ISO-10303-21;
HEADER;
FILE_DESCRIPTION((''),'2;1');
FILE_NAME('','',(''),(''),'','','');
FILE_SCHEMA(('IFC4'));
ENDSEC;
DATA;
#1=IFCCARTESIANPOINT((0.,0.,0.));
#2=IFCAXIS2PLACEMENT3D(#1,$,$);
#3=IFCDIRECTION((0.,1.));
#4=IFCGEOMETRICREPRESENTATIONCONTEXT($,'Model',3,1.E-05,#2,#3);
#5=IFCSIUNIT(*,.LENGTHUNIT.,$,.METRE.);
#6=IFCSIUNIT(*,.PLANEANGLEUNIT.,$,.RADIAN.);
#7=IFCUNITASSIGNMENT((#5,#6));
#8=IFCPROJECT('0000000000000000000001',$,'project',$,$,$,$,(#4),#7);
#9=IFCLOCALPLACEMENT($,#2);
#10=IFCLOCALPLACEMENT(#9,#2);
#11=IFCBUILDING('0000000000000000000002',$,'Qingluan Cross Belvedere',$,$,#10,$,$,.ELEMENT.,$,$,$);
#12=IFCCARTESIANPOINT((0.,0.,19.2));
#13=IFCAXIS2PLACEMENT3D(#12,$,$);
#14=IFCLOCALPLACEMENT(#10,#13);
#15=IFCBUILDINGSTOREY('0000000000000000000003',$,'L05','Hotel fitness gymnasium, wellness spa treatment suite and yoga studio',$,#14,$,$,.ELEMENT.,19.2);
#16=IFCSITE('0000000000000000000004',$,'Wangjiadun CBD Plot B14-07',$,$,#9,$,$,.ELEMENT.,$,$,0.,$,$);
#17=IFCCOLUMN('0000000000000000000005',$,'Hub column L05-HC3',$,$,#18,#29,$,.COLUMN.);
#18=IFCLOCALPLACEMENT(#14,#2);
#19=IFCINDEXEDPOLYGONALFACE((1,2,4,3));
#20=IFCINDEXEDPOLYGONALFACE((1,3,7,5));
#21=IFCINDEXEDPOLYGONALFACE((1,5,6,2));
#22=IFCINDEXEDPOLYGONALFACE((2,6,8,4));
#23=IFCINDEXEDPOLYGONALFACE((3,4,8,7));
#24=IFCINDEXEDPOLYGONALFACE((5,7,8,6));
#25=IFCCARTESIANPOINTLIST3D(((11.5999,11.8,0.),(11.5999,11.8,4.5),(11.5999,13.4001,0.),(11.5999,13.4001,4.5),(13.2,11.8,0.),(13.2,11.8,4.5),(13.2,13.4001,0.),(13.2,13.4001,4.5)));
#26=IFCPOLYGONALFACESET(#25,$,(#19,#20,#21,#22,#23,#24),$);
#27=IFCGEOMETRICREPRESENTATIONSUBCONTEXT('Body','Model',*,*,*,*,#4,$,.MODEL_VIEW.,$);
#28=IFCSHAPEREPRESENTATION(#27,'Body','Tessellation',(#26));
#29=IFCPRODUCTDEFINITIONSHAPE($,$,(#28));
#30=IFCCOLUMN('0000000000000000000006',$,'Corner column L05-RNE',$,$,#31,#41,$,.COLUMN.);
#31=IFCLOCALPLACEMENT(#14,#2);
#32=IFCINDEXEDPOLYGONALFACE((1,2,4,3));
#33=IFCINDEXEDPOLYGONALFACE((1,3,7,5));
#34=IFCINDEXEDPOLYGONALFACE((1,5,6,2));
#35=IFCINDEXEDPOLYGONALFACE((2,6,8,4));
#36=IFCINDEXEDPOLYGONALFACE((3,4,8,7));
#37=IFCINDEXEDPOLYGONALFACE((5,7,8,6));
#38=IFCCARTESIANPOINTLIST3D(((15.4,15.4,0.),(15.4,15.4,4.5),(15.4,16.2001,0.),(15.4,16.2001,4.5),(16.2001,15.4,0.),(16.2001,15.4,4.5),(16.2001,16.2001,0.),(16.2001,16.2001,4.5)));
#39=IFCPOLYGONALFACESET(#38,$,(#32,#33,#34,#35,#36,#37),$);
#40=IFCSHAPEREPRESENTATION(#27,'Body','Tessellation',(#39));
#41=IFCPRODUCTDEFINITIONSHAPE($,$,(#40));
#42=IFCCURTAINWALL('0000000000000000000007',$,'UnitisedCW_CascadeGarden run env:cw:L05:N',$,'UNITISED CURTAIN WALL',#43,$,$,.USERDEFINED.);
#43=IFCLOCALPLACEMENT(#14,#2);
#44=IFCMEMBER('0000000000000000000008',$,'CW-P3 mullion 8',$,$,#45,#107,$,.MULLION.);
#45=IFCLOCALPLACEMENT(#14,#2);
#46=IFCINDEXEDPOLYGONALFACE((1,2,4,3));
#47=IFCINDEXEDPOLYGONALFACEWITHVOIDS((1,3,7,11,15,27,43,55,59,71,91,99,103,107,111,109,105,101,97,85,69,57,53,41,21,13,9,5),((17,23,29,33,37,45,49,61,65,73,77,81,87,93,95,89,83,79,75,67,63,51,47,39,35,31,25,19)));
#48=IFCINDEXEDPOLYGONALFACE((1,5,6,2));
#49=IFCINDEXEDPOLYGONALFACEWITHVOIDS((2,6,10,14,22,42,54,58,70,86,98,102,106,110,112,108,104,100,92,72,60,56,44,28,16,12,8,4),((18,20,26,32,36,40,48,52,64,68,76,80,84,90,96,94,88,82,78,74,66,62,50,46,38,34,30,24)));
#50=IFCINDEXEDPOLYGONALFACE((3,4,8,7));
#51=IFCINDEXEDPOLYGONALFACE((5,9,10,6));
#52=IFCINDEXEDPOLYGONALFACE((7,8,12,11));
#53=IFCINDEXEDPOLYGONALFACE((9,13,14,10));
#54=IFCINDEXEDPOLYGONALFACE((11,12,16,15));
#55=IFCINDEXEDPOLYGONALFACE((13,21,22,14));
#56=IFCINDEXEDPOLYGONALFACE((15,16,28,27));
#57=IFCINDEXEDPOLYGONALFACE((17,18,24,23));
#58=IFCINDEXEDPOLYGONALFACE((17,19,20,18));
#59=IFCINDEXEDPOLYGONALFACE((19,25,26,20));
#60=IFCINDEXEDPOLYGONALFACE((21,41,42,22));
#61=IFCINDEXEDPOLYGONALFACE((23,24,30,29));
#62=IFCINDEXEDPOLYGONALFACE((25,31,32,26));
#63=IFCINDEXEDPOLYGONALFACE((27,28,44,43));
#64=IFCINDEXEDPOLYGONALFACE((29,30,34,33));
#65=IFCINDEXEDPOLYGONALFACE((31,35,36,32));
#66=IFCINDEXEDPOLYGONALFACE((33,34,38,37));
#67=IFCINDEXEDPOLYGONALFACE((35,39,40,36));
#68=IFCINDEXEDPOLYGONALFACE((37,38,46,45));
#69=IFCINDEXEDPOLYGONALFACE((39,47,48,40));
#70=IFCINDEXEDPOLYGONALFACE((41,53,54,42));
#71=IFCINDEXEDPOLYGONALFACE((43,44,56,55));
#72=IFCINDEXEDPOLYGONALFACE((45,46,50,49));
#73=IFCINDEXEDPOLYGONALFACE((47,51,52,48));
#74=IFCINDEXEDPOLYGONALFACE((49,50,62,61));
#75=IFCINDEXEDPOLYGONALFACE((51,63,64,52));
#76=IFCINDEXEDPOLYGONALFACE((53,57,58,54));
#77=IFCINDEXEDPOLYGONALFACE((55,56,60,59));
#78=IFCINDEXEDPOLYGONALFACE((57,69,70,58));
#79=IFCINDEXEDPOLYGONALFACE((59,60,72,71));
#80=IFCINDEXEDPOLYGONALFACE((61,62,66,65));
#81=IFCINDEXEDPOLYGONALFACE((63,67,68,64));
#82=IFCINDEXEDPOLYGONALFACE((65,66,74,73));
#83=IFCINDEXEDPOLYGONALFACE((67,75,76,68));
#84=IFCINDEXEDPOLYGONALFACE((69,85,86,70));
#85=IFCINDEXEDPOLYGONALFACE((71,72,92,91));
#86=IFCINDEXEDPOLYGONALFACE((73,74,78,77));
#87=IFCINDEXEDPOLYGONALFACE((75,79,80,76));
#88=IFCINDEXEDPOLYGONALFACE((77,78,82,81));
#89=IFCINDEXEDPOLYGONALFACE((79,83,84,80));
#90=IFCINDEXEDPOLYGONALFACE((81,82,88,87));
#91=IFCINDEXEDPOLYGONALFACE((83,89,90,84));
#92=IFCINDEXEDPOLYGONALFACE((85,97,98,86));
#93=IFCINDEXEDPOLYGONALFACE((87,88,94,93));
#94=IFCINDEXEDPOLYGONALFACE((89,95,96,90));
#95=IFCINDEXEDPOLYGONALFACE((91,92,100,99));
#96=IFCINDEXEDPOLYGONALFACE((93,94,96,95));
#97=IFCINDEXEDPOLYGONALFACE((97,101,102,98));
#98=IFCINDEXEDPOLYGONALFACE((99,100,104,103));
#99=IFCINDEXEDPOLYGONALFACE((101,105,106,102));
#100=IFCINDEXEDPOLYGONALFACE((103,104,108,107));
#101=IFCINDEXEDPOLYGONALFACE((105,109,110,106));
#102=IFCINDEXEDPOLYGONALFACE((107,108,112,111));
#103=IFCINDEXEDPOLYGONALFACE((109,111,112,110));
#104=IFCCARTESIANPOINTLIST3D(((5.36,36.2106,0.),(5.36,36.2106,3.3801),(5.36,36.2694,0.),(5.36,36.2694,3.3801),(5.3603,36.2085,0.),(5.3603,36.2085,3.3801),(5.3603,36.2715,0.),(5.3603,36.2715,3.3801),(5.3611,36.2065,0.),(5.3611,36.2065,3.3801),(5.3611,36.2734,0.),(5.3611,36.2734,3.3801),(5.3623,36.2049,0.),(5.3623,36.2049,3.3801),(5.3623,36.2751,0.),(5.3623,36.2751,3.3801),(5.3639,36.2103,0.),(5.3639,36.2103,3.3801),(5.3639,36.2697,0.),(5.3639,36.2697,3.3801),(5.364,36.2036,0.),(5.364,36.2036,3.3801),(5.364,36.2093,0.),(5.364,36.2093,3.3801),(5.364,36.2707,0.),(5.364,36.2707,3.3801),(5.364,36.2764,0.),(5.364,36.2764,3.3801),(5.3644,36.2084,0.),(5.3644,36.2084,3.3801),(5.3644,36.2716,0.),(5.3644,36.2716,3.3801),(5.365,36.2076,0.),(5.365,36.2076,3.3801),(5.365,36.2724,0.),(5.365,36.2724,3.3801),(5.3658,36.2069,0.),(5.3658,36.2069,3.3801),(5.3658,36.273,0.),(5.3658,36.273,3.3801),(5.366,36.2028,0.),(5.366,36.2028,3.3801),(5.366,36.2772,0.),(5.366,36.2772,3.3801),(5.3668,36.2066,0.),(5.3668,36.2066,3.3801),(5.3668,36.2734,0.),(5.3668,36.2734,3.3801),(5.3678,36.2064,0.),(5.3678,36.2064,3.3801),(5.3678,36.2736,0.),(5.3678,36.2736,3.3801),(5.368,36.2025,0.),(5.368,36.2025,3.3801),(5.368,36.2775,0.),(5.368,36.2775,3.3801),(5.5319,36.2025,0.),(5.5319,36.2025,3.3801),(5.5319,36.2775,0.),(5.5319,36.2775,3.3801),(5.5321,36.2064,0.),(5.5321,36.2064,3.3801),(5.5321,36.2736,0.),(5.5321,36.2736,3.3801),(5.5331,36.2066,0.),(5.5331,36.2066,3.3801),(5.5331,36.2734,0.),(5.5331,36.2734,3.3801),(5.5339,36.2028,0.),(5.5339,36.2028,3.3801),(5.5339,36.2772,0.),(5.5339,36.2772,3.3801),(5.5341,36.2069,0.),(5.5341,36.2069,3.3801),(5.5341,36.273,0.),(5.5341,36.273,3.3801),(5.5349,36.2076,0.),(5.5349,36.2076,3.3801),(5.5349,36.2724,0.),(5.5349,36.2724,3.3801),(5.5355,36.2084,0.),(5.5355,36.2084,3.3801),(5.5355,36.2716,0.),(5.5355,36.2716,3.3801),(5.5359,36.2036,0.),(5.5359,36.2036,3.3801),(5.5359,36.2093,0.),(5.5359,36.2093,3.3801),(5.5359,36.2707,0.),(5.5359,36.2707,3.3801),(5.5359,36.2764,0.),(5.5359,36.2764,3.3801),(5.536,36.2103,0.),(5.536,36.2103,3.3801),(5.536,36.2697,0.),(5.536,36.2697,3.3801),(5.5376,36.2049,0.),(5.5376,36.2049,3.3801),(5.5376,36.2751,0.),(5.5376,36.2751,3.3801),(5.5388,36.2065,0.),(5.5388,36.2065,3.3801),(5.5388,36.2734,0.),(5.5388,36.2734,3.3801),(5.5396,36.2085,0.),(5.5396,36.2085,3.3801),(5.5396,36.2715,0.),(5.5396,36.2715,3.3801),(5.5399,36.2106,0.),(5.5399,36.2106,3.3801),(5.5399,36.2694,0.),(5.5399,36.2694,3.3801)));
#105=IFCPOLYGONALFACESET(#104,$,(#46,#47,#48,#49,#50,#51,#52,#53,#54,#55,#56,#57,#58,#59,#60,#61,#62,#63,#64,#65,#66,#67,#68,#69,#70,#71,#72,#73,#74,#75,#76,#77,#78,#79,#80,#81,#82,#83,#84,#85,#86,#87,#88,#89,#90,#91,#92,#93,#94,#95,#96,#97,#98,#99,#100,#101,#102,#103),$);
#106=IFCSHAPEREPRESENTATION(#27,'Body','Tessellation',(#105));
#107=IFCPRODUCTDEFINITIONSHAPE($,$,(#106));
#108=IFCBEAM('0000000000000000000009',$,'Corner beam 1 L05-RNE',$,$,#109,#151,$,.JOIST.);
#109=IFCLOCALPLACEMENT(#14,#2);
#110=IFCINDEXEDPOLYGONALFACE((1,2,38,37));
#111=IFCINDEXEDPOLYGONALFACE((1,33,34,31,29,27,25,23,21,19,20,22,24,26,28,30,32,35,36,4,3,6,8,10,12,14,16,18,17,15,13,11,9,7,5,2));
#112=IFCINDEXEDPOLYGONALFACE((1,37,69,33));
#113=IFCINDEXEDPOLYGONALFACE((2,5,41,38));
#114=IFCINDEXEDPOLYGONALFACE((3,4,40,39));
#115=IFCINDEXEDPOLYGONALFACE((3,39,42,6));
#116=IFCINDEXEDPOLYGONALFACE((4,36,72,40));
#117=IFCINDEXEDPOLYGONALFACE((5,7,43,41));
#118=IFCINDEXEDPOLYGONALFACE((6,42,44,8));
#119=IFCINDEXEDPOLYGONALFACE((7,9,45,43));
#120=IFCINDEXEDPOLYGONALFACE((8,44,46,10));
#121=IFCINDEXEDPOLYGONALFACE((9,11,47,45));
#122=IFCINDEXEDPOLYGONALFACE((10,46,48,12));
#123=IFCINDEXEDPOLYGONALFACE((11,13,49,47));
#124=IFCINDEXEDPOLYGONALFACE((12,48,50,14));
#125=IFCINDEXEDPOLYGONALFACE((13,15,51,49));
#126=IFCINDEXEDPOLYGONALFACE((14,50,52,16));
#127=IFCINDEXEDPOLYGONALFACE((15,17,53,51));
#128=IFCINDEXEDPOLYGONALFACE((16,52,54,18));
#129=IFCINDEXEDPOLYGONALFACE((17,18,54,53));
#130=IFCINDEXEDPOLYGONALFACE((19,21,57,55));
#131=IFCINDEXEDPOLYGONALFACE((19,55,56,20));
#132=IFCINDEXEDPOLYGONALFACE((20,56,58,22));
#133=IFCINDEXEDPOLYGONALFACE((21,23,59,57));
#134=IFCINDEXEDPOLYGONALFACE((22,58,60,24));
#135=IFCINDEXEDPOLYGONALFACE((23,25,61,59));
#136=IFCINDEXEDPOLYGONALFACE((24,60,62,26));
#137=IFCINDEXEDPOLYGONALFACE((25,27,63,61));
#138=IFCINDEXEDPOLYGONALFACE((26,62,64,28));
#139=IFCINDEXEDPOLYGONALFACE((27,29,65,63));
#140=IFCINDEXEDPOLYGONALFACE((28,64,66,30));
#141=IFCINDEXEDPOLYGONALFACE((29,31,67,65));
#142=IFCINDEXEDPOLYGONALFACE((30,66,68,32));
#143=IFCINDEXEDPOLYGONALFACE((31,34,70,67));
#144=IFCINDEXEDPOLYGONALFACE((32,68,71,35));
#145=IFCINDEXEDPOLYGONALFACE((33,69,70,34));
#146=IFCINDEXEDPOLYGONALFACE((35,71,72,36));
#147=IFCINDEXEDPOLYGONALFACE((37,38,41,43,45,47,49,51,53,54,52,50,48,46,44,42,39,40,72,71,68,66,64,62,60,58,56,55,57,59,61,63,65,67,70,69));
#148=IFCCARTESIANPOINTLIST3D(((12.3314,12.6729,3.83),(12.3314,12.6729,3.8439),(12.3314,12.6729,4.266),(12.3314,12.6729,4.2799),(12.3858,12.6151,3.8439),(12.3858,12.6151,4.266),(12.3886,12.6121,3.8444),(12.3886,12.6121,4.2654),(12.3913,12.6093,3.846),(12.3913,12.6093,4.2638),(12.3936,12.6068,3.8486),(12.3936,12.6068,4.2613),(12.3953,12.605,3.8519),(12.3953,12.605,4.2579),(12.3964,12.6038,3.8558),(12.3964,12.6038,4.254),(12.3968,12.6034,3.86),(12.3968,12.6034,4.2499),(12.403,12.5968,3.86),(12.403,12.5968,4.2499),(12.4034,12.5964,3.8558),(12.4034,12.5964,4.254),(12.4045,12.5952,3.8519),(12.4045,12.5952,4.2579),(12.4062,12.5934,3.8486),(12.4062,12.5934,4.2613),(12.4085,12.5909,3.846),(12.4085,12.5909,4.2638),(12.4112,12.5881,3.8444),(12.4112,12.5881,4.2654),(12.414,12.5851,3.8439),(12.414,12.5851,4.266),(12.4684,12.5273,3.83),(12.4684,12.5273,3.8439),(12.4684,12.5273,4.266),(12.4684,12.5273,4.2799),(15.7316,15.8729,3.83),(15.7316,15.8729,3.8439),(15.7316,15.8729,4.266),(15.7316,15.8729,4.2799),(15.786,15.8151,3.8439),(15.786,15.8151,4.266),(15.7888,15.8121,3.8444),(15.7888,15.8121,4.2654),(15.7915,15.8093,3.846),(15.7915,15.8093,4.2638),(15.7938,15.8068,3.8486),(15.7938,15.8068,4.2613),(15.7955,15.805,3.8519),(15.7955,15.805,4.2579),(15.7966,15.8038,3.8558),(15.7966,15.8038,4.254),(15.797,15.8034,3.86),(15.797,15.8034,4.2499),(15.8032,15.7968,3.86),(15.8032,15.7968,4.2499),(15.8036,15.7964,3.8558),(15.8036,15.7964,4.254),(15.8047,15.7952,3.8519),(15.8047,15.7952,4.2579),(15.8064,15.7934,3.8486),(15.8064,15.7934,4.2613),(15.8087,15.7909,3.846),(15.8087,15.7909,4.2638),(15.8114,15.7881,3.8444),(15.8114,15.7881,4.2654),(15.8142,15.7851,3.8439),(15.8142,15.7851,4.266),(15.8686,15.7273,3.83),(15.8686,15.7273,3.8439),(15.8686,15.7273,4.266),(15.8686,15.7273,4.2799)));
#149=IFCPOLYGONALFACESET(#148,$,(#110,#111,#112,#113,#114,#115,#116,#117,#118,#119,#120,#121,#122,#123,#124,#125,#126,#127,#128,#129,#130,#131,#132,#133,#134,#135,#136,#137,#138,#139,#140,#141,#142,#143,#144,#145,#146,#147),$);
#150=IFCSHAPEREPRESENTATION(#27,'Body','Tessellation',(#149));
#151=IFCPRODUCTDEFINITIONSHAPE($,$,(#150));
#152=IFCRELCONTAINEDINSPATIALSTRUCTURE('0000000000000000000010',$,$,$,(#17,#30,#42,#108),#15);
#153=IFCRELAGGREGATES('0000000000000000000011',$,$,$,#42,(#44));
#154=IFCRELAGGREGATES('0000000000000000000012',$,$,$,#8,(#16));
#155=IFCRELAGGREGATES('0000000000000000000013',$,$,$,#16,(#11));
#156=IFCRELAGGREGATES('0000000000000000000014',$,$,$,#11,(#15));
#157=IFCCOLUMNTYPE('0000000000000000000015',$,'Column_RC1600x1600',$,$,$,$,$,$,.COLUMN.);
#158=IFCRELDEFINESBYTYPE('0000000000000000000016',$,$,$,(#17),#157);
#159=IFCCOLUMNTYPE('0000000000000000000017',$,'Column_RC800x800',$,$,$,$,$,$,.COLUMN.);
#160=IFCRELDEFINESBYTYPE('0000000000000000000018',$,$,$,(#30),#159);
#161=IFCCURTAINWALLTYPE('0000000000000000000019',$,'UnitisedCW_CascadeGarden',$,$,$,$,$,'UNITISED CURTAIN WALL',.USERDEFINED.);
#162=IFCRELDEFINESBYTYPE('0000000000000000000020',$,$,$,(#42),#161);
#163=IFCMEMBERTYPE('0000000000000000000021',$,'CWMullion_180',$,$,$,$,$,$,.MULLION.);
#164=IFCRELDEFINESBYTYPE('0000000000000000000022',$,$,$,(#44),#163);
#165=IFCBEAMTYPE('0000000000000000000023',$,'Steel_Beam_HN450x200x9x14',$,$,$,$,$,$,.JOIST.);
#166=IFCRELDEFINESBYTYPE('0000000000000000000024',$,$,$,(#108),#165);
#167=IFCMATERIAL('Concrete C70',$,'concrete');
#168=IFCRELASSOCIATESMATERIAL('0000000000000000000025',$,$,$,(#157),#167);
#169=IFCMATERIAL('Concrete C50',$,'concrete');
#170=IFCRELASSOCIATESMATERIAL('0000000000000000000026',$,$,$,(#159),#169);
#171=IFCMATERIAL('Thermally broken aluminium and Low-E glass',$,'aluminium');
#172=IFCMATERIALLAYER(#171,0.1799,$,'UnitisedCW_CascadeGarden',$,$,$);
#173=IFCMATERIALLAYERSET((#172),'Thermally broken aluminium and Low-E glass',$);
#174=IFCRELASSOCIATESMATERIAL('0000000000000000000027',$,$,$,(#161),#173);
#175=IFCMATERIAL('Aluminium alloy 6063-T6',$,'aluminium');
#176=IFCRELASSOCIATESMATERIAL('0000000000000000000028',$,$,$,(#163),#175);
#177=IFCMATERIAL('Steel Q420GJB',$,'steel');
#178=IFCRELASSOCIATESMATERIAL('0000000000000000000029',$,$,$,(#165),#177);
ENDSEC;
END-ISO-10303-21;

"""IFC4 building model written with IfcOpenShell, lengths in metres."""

from ifc_helpers import new_model, si_unit, direction, frame, origin, origin_2d, place, context, subcontext, project, spatial, rectangle, hollow_rectangle, i_section, extrude, material, layer, layer_set, material_profile, profile_set, type_object, element, aggregate, save


model = new_model("IFC4")

# Units and contexts
model_context = context("Model", 3, precision=1e-05, world=origin(), true_north=direction((0.0, 1.0)))
body_context = subcontext(model_context, "Body", "Model", "MODEL_VIEW")
ifc_project = project(units=[si_unit("LENGTHUNIT", "METRE"), si_unit("PLANEANGLEUNIT", "RADIAN")], contexts=[model_context])

# Site, building, storey
site_placement = place(None, origin())
site = spatial("IfcSite", under=ifc_project, at=site_placement, Name="Wangjiadun CBD Plot B14-07", CompositionType="ELEMENT", RefElevation=0.0)
building_placement = place(site_placement, origin())
building = spatial("IfcBuilding", under=site, at=building_placement, Name="Qingluan Cross Belvedere", CompositionType="ELEMENT")
storey_placement = place(building_placement, frame((0.0, 0.0, 19.2)))
storey = spatial("IfcBuildingStorey", under=building, at=storey_placement, Name="L05", Description="Hotel fitness gymnasium, wellness spa treatment suite and yoga studio", CompositionType="ELEMENT", Elevation=19.2)

# Columns
ifc_material_1 = material(Name="Concrete C70", Category="concrete")
ifc_material_profile_1 = material_profile(ifc_material_1, rectangle(XDim=1.6001, YDim=1.6001, at=origin_2d()), Name="RC1600x1600")
ifc_profile_set_1 = profile_set([ifc_material_profile_1], Name="Concrete C70")
column_type_1 = type_object("IfcColumnType", Name="Column_RC1600x1600", PredefinedType="COLUMN", material=ifc_profile_set_1)
column_1_placement = place(storey_placement, frame((12.3999, 12.6001, 0.0), z_axis=(0.0, 0.0, 1.0), x_axis=(1.0, 0.0, 0.0)))
element("IfcColumn", 1, at=column_1_placement, inside=storey, type_object=column_type_1, Name="Hub column L05-HC3", PredefinedType="COLUMN", context=body_context, shape_type="SweptSolid", body=[
    extrude(rectangle(XDim=1.6001, YDim=1.6001, at=origin_2d()), origin(), (0.0, 0.0, 1.0), 4.5),
])
ifc_material_2 = material(Name="Concrete C50", Category="concrete")
ifc_material_profile_2 = material_profile(ifc_material_2, rectangle(XDim=0.8, YDim=0.8, at=origin_2d()), Name="RC800x800")
ifc_profile_set_2 = profile_set([ifc_material_profile_2], Name="Concrete C50")
column_type_2 = type_object("IfcColumnType", Name="Column_RC800x800", PredefinedType="COLUMN", material=ifc_profile_set_2)
column_2_placement = place(storey_placement, frame((15.8, 15.8, 0.0), z_axis=(0.0, 0.0, 1.0), x_axis=(1.0, 0.0, 0.0)))
element("IfcColumn", 2, at=column_2_placement, inside=storey, type_object=column_type_2, Name="Corner column L05-RNE", PredefinedType="COLUMN", context=body_context, shape_type="SweptSolid", body=[
    extrude(rectangle(XDim=0.8, YDim=0.8, at=origin_2d()), origin(), (0.0, 0.0, 1.0), 4.5),
])

# Curtain wall, member
ifc_material_3 = material(Name="Thermally broken aluminium and Low-E glass", Category="aluminium")
ifc_layer_1 = layer(ifc_material_3, 0.1799, Name="UnitisedCW_CascadeGarden")
ifc_layer_set_1 = layer_set([ifc_layer_1], Name="Thermally broken aluminium and Low-E glass")
curtain_wall_type = type_object("IfcCurtainWallType", Name="UnitisedCW_CascadeGarden", ElementType="UNITISED CURTAIN WALL", PredefinedType="USERDEFINED", material=ifc_layer_set_1)
curtain_wall_placement = place(storey_placement, origin())
curtain_wall = element("IfcCurtainWall", 3, at=curtain_wall_placement, inside=storey, type_object=curtain_wall_type, Name="UnitisedCW_CascadeGarden run env:cw:L05:N", ObjectType="UNITISED CURTAIN WALL", PredefinedType="USERDEFINED")
ifc_material_4 = material(Name="Aluminium alloy 6063-T6", Category="aluminium")
ifc_material_profile_3 = material_profile(ifc_material_4, hollow_rectangle(XDim=0.075, YDim=0.1799, WallThickness=0.0039, InnerFilletRadius=0.0039, OuterFilletRadius=0.0081, at=origin_2d()), Name="CWM180x75x4")
ifc_profile_set_3 = profile_set([ifc_material_profile_3], Name="Aluminium alloy 6063-T6")
member_type = type_object("IfcMemberType", Name="CWMullion_180", PredefinedType="MULLION", material=ifc_profile_set_3)
member_placement = place(storey_placement, frame((5.45, 36.24, 0.0), z_axis=(0.0, 0.0, 1.0), x_axis=(0.0, 1.0, 0.0)))
member = element("IfcMember", 4, at=member_placement, type_object=member_type, Name="CW-P3 mullion 8", PredefinedType="MULLION", context=body_context, shape_type="SweptSolid", body=[
    extrude(hollow_rectangle(XDim=0.075, YDim=0.1799, WallThickness=0.0039, InnerFilletRadius=0.0039, OuterFilletRadius=0.0081, at=origin_2d()), origin(), (0.0, 0.0, 1.0), 3.3801),
])

# Beam
ifc_material_5 = material(Name="Steel Q420GJB", Category="steel")
ifc_material_profile_4 = material_profile(ifc_material_5, i_section(OverallWidth=0.2, OverallDepth=0.45, WebThickness=0.009, FlangeThickness=0.0139, FilletRadius=0.0161, at=origin_2d()), Name="HN450x200x9x14")
ifc_profile_set_4 = profile_set([ifc_material_profile_4], Name="Steel Q420GJB")
beam_type = type_object("IfcBeamType", Name="Steel_Beam_HN450x200x9x14", PredefinedType="JOIST", material=ifc_profile_set_4)
beam_1_placement = place(storey_placement, frame((12.3999, 12.6001, 4.0549), z_axis=(0.72822, 0.685343, 0.0), x_axis=(-0.685343, 0.72822, 0.0)))
element("IfcBeam", 5, at=beam_1_placement, inside=storey, type_object=beam_type, Name="Corner beam 1 L05-RNE", PredefinedType="JOIST", context=body_context, shape_type="SweptSolid", body=[
    extrude(i_section(OverallWidth=0.2, OverallDepth=0.45, WebThickness=0.009, FlangeThickness=0.0139, FilletRadius=0.0161, at=origin_2d()), origin(), (0.0, 0.0, 1.0), 4.6692),
])

aggregate(curtain_wall, [member])

save(model, "model.ifc")
